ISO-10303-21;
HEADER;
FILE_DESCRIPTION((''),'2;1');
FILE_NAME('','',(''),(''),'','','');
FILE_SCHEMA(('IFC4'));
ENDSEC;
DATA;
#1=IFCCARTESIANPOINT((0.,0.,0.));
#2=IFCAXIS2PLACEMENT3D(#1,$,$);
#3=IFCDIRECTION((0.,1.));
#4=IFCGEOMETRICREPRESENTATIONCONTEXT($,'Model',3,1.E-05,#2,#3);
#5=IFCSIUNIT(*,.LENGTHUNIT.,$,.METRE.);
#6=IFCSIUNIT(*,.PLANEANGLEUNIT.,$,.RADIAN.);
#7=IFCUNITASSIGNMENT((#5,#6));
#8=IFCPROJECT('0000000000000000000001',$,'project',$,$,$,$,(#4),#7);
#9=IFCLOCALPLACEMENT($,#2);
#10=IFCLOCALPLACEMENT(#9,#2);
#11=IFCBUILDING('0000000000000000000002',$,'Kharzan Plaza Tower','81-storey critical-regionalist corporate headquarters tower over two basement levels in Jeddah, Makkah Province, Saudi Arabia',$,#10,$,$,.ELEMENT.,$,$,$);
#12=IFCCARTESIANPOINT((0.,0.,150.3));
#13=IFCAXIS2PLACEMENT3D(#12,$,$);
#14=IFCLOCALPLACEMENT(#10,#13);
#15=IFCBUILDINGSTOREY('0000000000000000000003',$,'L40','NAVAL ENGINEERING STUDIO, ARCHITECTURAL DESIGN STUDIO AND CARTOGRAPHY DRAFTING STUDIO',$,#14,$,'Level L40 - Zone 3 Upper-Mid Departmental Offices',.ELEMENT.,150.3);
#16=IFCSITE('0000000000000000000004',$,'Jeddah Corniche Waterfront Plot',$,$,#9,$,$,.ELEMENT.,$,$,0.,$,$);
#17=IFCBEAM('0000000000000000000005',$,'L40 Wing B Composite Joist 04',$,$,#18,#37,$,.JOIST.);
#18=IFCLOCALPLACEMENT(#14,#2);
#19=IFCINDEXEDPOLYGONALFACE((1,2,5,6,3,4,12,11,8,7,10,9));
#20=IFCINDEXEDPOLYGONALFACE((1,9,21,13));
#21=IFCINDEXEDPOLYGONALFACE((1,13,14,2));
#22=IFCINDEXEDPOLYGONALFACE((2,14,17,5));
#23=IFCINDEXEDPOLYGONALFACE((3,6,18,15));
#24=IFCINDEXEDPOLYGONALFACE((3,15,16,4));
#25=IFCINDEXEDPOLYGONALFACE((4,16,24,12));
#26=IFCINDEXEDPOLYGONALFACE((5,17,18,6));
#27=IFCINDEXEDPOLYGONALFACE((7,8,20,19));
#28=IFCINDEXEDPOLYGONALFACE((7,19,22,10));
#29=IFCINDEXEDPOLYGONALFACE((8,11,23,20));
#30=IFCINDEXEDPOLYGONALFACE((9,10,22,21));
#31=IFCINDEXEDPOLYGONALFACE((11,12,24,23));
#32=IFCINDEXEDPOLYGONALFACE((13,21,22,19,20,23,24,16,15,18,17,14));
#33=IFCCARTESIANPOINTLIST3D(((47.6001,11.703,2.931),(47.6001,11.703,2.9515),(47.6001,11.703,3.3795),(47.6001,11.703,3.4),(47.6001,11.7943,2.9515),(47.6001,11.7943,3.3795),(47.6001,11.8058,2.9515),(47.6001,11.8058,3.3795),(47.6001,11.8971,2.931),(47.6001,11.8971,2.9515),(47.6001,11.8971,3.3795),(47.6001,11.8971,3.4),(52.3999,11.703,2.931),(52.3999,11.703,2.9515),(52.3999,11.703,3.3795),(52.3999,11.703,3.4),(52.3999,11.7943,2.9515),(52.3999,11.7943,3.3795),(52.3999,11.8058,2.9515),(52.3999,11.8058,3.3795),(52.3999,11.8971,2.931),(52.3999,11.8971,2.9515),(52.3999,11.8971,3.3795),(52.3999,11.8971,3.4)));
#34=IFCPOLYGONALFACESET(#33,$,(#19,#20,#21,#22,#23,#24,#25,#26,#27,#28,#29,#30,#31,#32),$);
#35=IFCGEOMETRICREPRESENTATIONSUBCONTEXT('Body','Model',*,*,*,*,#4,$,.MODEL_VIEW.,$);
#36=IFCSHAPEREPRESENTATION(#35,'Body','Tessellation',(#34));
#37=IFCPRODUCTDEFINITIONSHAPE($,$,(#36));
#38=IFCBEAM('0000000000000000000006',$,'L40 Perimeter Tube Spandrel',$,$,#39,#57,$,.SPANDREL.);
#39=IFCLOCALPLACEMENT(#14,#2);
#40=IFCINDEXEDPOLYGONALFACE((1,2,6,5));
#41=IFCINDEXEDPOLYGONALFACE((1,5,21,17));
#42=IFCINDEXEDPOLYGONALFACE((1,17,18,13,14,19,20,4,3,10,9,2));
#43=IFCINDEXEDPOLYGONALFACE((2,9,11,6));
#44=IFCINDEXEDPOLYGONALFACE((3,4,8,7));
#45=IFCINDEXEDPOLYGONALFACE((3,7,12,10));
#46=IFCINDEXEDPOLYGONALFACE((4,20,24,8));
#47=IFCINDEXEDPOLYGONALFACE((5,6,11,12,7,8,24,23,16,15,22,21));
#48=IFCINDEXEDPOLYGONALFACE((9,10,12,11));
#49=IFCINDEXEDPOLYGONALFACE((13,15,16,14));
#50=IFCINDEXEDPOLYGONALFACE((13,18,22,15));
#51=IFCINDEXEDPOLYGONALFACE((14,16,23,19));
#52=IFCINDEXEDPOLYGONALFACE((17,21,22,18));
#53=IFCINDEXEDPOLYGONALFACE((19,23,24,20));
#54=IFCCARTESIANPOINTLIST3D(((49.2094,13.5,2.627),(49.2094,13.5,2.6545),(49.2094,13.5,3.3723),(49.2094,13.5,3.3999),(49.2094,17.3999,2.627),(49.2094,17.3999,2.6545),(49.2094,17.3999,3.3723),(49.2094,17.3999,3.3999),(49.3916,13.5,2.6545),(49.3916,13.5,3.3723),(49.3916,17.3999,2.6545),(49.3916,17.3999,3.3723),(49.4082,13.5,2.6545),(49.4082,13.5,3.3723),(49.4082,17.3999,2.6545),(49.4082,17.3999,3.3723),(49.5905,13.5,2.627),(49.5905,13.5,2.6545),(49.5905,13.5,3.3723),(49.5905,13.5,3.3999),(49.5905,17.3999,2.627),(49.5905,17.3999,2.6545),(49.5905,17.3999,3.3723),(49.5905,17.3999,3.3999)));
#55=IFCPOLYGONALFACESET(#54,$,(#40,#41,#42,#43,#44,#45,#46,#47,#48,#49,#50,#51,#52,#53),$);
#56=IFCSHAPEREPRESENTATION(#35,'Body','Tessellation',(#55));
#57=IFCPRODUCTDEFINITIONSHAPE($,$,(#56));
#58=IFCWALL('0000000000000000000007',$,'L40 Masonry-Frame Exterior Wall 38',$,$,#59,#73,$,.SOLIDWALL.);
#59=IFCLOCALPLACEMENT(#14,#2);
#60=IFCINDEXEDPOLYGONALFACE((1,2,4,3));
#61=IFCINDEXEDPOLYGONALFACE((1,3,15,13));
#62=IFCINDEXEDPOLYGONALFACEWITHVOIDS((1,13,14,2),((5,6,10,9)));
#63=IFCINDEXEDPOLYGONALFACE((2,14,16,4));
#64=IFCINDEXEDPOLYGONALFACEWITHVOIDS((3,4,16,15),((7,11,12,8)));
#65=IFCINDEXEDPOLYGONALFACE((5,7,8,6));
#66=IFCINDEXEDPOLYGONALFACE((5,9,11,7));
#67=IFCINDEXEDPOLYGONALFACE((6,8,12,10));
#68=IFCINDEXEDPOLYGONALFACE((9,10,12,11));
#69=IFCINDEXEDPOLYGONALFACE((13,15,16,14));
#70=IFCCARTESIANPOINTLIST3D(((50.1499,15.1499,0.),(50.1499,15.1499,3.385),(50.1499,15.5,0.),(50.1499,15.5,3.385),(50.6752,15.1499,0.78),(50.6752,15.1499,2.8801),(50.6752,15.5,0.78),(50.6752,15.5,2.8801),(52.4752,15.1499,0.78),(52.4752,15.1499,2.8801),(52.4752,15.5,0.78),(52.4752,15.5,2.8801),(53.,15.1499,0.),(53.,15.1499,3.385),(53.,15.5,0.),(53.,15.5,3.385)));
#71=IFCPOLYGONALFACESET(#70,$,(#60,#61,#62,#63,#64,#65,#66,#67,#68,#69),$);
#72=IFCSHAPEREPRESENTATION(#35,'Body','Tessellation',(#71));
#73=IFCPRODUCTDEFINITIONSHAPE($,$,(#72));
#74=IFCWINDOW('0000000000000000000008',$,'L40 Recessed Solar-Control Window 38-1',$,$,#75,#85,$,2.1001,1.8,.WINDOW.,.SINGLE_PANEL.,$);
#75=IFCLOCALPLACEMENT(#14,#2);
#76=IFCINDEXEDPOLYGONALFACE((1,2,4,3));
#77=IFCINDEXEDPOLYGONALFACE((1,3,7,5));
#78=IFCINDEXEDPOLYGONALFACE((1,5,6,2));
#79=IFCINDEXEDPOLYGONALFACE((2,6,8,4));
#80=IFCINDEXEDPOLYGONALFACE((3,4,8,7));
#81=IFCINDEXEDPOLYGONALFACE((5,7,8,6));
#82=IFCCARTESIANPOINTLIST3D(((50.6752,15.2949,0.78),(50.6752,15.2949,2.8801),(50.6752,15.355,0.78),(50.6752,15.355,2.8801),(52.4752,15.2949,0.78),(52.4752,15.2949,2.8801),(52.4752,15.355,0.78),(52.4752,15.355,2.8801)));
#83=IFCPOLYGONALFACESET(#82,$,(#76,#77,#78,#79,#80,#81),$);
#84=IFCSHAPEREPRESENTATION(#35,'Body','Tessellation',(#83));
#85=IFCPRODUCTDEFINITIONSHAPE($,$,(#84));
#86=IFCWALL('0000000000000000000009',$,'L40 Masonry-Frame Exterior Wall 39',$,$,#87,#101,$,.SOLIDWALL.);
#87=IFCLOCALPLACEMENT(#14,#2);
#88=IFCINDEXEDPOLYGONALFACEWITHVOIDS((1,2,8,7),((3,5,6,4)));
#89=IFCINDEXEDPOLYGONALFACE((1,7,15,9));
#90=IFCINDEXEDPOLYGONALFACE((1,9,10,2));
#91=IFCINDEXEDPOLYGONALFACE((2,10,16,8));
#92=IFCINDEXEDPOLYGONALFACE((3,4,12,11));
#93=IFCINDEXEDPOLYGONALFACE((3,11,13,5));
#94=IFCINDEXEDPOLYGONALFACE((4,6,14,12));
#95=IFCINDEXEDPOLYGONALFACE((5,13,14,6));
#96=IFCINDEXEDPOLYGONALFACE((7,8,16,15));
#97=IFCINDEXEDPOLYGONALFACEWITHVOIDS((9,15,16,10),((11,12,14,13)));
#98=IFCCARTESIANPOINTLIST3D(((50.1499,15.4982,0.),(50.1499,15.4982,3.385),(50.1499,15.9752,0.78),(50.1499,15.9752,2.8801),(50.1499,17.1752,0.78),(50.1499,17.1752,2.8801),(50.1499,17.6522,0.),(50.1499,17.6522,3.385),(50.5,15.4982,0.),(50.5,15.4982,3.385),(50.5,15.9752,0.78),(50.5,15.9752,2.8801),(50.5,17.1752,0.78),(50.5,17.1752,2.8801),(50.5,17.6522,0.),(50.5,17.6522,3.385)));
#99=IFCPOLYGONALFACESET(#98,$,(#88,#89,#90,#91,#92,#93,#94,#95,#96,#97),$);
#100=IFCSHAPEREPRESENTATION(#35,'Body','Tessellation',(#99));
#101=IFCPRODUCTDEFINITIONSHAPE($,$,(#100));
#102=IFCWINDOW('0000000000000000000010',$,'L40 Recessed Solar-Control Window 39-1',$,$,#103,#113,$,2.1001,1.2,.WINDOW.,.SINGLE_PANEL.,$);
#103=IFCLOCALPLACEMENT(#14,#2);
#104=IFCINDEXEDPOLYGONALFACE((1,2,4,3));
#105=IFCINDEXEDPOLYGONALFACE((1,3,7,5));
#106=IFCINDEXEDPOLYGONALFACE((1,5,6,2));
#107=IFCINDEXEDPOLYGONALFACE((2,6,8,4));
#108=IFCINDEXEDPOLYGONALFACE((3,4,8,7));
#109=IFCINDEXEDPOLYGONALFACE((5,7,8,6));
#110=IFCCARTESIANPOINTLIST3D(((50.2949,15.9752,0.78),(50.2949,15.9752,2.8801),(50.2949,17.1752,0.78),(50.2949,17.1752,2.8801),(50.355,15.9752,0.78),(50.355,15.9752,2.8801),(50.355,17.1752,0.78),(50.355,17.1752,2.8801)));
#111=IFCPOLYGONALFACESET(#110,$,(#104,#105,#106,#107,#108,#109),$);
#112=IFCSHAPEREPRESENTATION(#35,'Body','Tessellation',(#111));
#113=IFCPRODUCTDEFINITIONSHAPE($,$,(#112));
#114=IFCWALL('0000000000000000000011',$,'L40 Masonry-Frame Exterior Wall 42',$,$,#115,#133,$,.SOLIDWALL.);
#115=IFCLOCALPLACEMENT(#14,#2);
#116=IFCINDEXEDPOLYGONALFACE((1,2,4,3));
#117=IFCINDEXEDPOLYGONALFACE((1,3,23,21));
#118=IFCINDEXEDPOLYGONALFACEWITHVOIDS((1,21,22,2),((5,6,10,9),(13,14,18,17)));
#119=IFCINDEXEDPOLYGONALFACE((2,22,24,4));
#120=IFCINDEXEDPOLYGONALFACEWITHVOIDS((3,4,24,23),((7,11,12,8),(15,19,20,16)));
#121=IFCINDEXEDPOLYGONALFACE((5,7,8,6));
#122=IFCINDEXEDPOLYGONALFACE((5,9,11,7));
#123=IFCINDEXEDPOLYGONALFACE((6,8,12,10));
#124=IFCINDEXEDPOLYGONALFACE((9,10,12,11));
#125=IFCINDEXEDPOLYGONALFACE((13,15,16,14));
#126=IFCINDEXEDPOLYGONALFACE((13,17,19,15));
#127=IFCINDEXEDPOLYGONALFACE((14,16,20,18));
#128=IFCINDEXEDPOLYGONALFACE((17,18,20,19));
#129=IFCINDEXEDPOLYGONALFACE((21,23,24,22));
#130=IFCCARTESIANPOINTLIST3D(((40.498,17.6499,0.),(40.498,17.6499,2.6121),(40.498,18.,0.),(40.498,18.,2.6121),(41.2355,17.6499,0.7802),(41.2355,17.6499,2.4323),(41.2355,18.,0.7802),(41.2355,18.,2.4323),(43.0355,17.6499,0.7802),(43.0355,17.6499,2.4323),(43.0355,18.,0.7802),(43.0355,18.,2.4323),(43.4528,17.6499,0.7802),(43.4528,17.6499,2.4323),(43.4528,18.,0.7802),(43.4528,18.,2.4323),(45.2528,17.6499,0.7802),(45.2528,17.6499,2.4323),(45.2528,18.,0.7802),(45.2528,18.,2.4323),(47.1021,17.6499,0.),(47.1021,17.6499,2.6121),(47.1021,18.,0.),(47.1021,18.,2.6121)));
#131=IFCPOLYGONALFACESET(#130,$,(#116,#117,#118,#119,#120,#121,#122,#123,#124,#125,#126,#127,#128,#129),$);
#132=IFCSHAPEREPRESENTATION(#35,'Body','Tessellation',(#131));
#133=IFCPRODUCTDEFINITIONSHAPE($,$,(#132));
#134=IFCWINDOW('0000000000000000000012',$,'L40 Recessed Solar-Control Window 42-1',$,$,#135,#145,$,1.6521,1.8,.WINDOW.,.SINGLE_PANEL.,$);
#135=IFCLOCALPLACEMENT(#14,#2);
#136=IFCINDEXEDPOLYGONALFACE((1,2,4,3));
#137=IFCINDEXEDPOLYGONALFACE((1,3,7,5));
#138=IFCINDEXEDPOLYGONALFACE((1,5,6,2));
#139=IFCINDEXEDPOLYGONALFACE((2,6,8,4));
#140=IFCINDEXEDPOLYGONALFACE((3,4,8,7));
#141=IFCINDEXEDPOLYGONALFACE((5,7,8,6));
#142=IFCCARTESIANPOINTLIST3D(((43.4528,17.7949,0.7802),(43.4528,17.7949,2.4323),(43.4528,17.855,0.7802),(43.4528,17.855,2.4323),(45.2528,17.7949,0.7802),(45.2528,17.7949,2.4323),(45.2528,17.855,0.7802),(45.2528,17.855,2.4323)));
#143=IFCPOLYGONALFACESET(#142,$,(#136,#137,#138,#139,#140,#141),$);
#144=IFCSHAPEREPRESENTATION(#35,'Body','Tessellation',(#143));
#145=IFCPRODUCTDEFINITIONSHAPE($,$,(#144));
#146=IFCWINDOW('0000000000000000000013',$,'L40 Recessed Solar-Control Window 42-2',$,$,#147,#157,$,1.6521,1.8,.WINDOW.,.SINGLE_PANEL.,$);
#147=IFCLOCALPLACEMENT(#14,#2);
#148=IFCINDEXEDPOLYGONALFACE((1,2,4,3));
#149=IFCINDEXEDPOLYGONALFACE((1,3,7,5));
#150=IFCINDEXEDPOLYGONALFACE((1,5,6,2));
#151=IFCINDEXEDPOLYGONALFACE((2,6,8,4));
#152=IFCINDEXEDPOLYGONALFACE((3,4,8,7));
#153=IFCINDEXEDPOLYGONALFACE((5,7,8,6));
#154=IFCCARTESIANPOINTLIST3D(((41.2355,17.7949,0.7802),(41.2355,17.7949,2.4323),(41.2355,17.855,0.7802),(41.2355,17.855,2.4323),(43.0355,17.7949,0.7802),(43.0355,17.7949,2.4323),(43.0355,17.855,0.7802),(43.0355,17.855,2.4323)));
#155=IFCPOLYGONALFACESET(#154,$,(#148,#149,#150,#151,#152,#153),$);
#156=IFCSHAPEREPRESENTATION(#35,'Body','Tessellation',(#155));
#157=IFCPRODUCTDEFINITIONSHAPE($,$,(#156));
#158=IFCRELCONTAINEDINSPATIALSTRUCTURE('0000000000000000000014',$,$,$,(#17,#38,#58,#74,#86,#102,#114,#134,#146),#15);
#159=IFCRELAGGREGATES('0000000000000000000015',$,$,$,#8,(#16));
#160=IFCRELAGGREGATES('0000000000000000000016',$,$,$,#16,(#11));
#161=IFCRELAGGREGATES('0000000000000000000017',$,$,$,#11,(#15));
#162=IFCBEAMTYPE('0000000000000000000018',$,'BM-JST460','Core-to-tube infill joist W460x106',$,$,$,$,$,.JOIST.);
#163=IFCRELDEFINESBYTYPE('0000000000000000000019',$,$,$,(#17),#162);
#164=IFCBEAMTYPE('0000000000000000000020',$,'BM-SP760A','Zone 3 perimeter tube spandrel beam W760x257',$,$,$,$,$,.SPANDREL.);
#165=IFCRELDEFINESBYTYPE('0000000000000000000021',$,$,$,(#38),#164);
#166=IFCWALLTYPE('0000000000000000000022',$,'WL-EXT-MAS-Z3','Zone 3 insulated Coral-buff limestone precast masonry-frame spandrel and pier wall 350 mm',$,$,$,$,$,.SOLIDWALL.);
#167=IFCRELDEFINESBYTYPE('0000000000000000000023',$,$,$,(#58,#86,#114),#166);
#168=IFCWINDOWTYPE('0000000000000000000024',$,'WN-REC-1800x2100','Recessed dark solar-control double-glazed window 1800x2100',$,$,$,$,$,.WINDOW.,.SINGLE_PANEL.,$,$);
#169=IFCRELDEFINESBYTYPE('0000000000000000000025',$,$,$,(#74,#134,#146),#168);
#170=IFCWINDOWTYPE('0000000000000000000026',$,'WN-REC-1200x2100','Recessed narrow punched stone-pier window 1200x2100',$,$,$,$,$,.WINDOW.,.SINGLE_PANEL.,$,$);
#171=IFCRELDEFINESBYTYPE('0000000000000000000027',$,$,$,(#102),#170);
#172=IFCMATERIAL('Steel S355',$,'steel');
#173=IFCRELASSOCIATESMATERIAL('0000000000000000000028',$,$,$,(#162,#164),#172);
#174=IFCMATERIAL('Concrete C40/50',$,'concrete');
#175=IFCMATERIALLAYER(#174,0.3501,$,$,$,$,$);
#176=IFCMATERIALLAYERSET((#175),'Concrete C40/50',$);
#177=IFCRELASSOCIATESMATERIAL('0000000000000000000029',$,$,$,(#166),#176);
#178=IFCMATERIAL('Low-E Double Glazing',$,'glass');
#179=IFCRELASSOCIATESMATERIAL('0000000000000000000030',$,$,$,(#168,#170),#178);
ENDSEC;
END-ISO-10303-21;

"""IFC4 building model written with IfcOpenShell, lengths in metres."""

from ifc_helpers import new_model, si_unit, direction, frame, frame_2d, origin, origin_2d, place, context, subcontext, project, spatial, rectangle, i_section, extrude, source, transform, mapped, material, layer, layer_set, material_profile, profile_set, type_object, element, fill, save


model = new_model("IFC4")

# Units and contexts
model_context = context("Model", 3, precision=1e-05, world=origin(), true_north=direction((0.0, 1.0)))
body_context = subcontext(model_context, "Body", "Model", "MODEL_VIEW")
ifc_project = project(units=[si_unit("LENGTHUNIT", "METRE"), si_unit("PLANEANGLEUNIT", "RADIAN")], contexts=[model_context])

# Site, building, storey
site_placement = place(None, origin())
site = spatial("IfcSite", under=ifc_project, at=site_placement, Name="Jeddah Corniche Waterfront Plot", CompositionType="ELEMENT", RefElevation=0.0)
building_placement = place(site_placement, origin())
building = spatial("IfcBuilding", under=site, at=building_placement, Name="Kharzan Plaza Tower", Description="81-storey critical-regionalist corporate headquarters tower over two basement levels in Jeddah, Makkah Province, Saudi Arabia", CompositionType="ELEMENT")
storey_placement = place(building_placement, frame((0.0, 0.0, 150.3)))
storey = spatial("IfcBuildingStorey", under=building, at=storey_placement, Name="L40", Description="NAVAL ENGINEERING STUDIO, ARCHITECTURAL DESIGN STUDIO AND CARTOGRAPHY DRAFTING STUDIO", LongName="Level L40 - Zone 3 Upper-Mid Departmental Offices", CompositionType="ELEMENT", Elevation=150.3)

# Beams
ifc_material_1 = material(Name="Steel S355", Category="steel")
ifc_material_profile_1 = material_profile(ifc_material_1, i_section(OverallWidth=0.1941, OverallDepth=0.469, WebThickness=0.0115, FlangeThickness=0.0205, at=origin_2d()), Name="W460x106")
ifc_profile_set_1 = profile_set([ifc_material_profile_1], Name="Steel S355")
beam_type_1 = type_object("IfcBeamType", Name="BM-JST460", Description="Core-to-tube infill joist W460x106", PredefinedType="JOIST", material=ifc_profile_set_1)
shared_shape_1 = source(origin(), body_context, "Body", "SweptSolid", [
    extrude(i_section(OverallWidth=0.1941, OverallDepth=0.469, WebThickness=0.0115, FlangeThickness=0.0205, at=origin_2d()), origin(), (0.0, 0.0, 1.0), 4.7998),
])
for number, where, z_axis, x_axis, name in (
    (1, (47.6001, 11.8, 3.1655), (1.0, 0.0, 0.0), (0.0, 1.0, 0.0), "L40 Wing B Composite Joist 04"),
):
    element("IfcBeam", number, at=place(storey_placement, frame(where, z_axis=z_axis, x_axis=x_axis)), inside=storey, type_object=beam_type_1, Name=name, PredefinedType="JOIST", context=body_context, shape_type="MappedRepresentation", body=[
        mapped(shared_shape_1, transform((0.0, 0.0, 0.0), x_axis=(1.0, 0.0, 0.0), y_axis=(0.0, 1.0, 0.0), z_axis=(0.0, 0.0, 1.0))),
    ])
ifc_material_profile_2 = material_profile(ifc_material_1, i_section(OverallWidth=0.3811, OverallDepth=0.7729, WebThickness=0.0166, FlangeThickness=0.0276, at=origin_2d()), Name="W760x257")
ifc_profile_set_2 = profile_set([ifc_material_profile_2], Name="Steel S355")
beam_type_2 = type_object("IfcBeamType", Name="BM-SP760A", Description="Zone 3 perimeter tube spandrel beam W760x257", PredefinedType="SPANDREL", material=ifc_profile_set_2)
shared_shape_2 = source(origin(), body_context, "Body", "SweptSolid", [
    extrude(i_section(OverallWidth=0.3811, OverallDepth=0.7729, WebThickness=0.0166, FlangeThickness=0.0276, at=origin_2d()), origin(), (0.0, 0.0, 1.0), 3.8999),
])
beam_1_placement = place(storey_placement, frame((49.3999, 13.5, 3.0134), z_axis=(0.0, 1.0, 0.0), x_axis=(-1.0, 0.0, 0.0)))
element("IfcBeam", 2, at=beam_1_placement, inside=storey, type_object=beam_type_2, Name="L40 Perimeter Tube Spandrel", PredefinedType="SPANDREL", context=body_context, shape_type="MappedRepresentation", body=[
    mapped(shared_shape_2, transform((0.0, 0.0, 0.0), x_axis=(1.0, 0.0, 0.0), y_axis=(0.0, 1.0, 0.0), z_axis=(0.0, 0.0, 1.0))),
])

# Walls, openings, windows
ifc_material_2 = material(Name="Concrete C40/50", Category="concrete")
ifc_layer_1 = layer(ifc_material_2, 0.3501)
ifc_layer_set_1 = layer_set([ifc_layer_1], Name="Concrete C40/50")
wall_type_1 = type_object("IfcWallType", Name="WL-EXT-MAS-Z3", Description="Zone 3 insulated Coral-buff limestone precast masonry-frame spandrel and pier wall 350 mm", PredefinedType="SOLIDWALL", material=ifc_layer_set_1)
wall_1_placement = place(storey_placement, frame((53.0, 15.325, 0.0), z_axis=(0.0, 0.0, 1.0), x_axis=(-1.0, 0.0, 0.0)))
wall_1 = element("IfcWall", 3, at=wall_1_placement, inside=storey, type_object=wall_type_1, Name="L40 Masonry-Frame Exterior Wall 38", PredefinedType="SOLIDWALL", context=body_context, shape_type="SweptSolid", body=[
    extrude(rectangle(XDim=2.8501, YDim=0.3501, at=frame_2d((1.425, 0.0))), origin(), (0.0, 0.0, 1.0), 3.385),
])
opening_1_placement = place(wall_1_placement, frame((0.5249, 0.0, 0.78)))
opening_1 = element("IfcOpeningElement", 4, at=opening_1_placement, cuts=wall_1, PredefinedType="OPENING", context=body_context, shape_type="SweptSolid", body=[
    extrude(rectangle(XDim=1.8, YDim=2.1001, at=frame_2d((0.8999, 1.05))), frame((0.0, 0.1851, 0.0), z_axis=(0.0, -1.0, 0.0), x_axis=(1.0, 0.0, 0.0)), (0.0, 0.0, 1.0), 0.3701),
])
ifc_material_3 = material(Name="Low-E Double Glazing", Category="glass")
window_type_1 = type_object("IfcWindowType", Name="WN-REC-1800x2100", Description="Recessed dark solar-control double-glazed window 1800x2100", PartitioningType="SINGLE_PANEL", PredefinedType="WINDOW", material=ifc_material_3)
shared_shape_3 = source(origin(), body_context, "Body", "SweptSolid", [
    extrude(rectangle(XDim=1.8, YDim=2.1001, at=frame_2d((0.8999, 1.05))), frame((0.0, 0.03, 0.0), z_axis=(0.0, -1.0, 0.0), x_axis=(1.0, 0.0, 0.0)), (0.0, 0.0, 1.0), 0.0601),
])
window_1_placement = place(opening_1_placement, origin())
window_1 = element("IfcWindow", 5, at=window_1_placement, inside=storey, type_object=window_type_1, Name="L40 Recessed Solar-Control Window 38-1", OverallHeight=2.1001, OverallWidth=1.8, PartitioningType="SINGLE_PANEL", PredefinedType="WINDOW", context=body_context, shape_type="MappedRepresentation", body=[
    mapped(shared_shape_3, transform((0.0, 0.0, 0.0), x_axis=(1.0, 0.0, 0.0), y_axis=(0.0, 1.0, 0.0), z_axis=(0.0, 0.0, 1.0))),
])
fill(opening_1, window_1)
wall_2_placement = place(storey_placement, frame((50.325, 15.498, 0.0), z_axis=(0.0, 0.0, 1.0), x_axis=(0.0, 1.0, 0.0)))
wall_2 = element("IfcWall", 6, at=wall_2_placement, inside=storey, type_object=wall_type_1, Name="L40 Masonry-Frame Exterior Wall 39", PredefinedType="SOLIDWALL", context=body_context, shape_type="SweptSolid", body=[
    extrude(rectangle(XDim=2.1541, YDim=0.3501, at=frame_2d((1.0771, 0.0))), origin(), (0.0, 0.0, 1.0), 3.385),
])
opening_2_placement = place(wall_2_placement, frame((0.4771, 0.0, 0.78)))
opening_2 = element("IfcOpeningElement", 7, at=opening_2_placement, cuts=wall_2, PredefinedType="OPENING", context=body_context, shape_type="SweptSolid", body=[
    extrude(rectangle(XDim=1.2, YDim=2.1001, at=frame_2d((0.6001, 1.05))), frame((0.0, 0.1851, 0.0), z_axis=(0.0, -1.0, 0.0), x_axis=(1.0, 0.0, 0.0)), (0.0, 0.0, 1.0), 0.3701),
])
window_type_2 = type_object("IfcWindowType", Name="WN-REC-1200x2100", Description="Recessed narrow punched stone-pier window 1200x2100", PartitioningType="SINGLE_PANEL", PredefinedType="WINDOW", material=ifc_material_3)
shared_shape_4 = source(origin(), body_context, "Body", "SweptSolid", [
    extrude(rectangle(XDim=1.2, YDim=2.1001, at=frame_2d((0.6001, 1.05))), frame((0.0, 0.03, 0.0), z_axis=(0.0, -1.0, 0.0), x_axis=(1.0, 0.0, 0.0)), (0.0, 0.0, 1.0), 0.0601),
])
window_2_placement = place(opening_2_placement, origin())
window_2 = element("IfcWindow", 8, at=window_2_placement, inside=storey, type_object=window_type_2, Name="L40 Recessed Solar-Control Window 39-1", OverallHeight=2.1001, OverallWidth=1.2, PartitioningType="SINGLE_PANEL", PredefinedType="WINDOW", context=body_context, shape_type="MappedRepresentation", body=[
    mapped(shared_shape_4, transform((0.0, 0.0, 0.0), x_axis=(1.0, 0.0, 0.0), y_axis=(0.0, 1.0, 0.0), z_axis=(0.0, 0.0, 1.0))),
])
fill(opening_2, window_2)

# Wall, openings, windows
wall_3_placement = place(storey_placement, frame((47.1021, 17.825, 0.0), z_axis=(0.0, 0.0, 1.0), x_axis=(-1.0, 0.0, 0.0)))
wall_3 = element("IfcWall", 9, at=wall_3_placement, inside=storey, type_object=wall_type_1, Name="L40 Masonry-Frame Exterior Wall 42", PredefinedType="SOLIDWALL", context=body_context, shape_type="SweptSolid", body=[
    extrude(rectangle(XDim=6.604, YDim=0.3501, at=frame_2d((3.302, 0.0))), origin(), (0.0, 0.0, 1.0), 2.6121),
])
opening_3_placement = place(wall_3_placement, frame((1.8494, 0.0, 0.78)))
opening_3 = element("IfcOpeningElement", 10, at=opening_3_placement, cuts=wall_3, PredefinedType="OPENING", context=body_context, shape_type="SweptSolid", body=[
    extrude(rectangle(XDim=1.8, YDim=1.6521, at=frame_2d((0.8999, 0.8262))), frame((0.0, 0.1851, 0.0), z_axis=(0.0, -1.0, 0.0), x_axis=(1.0, 0.0, 0.0)), (0.0, 0.0, 1.0), 0.3701),
])
opening_4_placement = place(wall_3_placement, frame((4.0667, 0.0, 0.78)))
opening_4 = element("IfcOpeningElement", 11, at=opening_4_placement, cuts=wall_3, PredefinedType="OPENING", context=body_context, shape_type="SweptSolid", body=[
    extrude(rectangle(XDim=1.8, YDim=1.6521, at=frame_2d((0.8999, 0.8262))), frame((0.0, 0.1851, 0.0), z_axis=(0.0, -1.0, 0.0), x_axis=(1.0, 0.0, 0.0)), (0.0, 0.0, 1.0), 0.3701),
])
shared_shape_5 = source(origin(), body_context, "Body", "SweptSolid", [
    extrude(rectangle(XDim=1.8, YDim=1.6521, at=frame_2d((0.8999, 0.8262))), frame((0.0, 0.03, 0.0), z_axis=(0.0, -1.0, 0.0), x_axis=(1.0, 0.0, 0.0)), (0.0, 0.0, 1.0), 0.0601),
])
window_3_placement = place(opening_3_placement, origin())
window_3 = element("IfcWindow", 12, at=window_3_placement, inside=storey, type_object=window_type_1, Name="L40 Recessed Solar-Control Window 42-1", OverallHeight=1.6521, OverallWidth=1.8, PartitioningType="SINGLE_PANEL", PredefinedType="WINDOW", context=body_context, shape_type="MappedRepresentation", body=[
    mapped(shared_shape_5, transform((0.0, 0.0, 0.0), x_axis=(1.0, 0.0, 0.0), y_axis=(0.0, 1.0, 0.0), z_axis=(0.0, 0.0, 1.0))),
])
fill(opening_3, window_3)
window_4_placement = place(opening_4_placement, origin())
window_4 = element("IfcWindow", 13, at=window_4_placement, inside=storey, type_object=window_type_1, Name="L40 Recessed Solar-Control Window 42-2", OverallHeight=1.6521, OverallWidth=1.8, PartitioningType="SINGLE_PANEL", PredefinedType="WINDOW", context=body_context, shape_type="MappedRepresentation", body=[
    mapped(shared_shape_5, transform((0.0, 0.0, 0.0), x_axis=(1.0, 0.0, 0.0), y_axis=(0.0, 1.0, 0.0), z_axis=(0.0, 0.0, 1.0))),
])
fill(opening_4, window_4)

save(model, "model.ifc")
